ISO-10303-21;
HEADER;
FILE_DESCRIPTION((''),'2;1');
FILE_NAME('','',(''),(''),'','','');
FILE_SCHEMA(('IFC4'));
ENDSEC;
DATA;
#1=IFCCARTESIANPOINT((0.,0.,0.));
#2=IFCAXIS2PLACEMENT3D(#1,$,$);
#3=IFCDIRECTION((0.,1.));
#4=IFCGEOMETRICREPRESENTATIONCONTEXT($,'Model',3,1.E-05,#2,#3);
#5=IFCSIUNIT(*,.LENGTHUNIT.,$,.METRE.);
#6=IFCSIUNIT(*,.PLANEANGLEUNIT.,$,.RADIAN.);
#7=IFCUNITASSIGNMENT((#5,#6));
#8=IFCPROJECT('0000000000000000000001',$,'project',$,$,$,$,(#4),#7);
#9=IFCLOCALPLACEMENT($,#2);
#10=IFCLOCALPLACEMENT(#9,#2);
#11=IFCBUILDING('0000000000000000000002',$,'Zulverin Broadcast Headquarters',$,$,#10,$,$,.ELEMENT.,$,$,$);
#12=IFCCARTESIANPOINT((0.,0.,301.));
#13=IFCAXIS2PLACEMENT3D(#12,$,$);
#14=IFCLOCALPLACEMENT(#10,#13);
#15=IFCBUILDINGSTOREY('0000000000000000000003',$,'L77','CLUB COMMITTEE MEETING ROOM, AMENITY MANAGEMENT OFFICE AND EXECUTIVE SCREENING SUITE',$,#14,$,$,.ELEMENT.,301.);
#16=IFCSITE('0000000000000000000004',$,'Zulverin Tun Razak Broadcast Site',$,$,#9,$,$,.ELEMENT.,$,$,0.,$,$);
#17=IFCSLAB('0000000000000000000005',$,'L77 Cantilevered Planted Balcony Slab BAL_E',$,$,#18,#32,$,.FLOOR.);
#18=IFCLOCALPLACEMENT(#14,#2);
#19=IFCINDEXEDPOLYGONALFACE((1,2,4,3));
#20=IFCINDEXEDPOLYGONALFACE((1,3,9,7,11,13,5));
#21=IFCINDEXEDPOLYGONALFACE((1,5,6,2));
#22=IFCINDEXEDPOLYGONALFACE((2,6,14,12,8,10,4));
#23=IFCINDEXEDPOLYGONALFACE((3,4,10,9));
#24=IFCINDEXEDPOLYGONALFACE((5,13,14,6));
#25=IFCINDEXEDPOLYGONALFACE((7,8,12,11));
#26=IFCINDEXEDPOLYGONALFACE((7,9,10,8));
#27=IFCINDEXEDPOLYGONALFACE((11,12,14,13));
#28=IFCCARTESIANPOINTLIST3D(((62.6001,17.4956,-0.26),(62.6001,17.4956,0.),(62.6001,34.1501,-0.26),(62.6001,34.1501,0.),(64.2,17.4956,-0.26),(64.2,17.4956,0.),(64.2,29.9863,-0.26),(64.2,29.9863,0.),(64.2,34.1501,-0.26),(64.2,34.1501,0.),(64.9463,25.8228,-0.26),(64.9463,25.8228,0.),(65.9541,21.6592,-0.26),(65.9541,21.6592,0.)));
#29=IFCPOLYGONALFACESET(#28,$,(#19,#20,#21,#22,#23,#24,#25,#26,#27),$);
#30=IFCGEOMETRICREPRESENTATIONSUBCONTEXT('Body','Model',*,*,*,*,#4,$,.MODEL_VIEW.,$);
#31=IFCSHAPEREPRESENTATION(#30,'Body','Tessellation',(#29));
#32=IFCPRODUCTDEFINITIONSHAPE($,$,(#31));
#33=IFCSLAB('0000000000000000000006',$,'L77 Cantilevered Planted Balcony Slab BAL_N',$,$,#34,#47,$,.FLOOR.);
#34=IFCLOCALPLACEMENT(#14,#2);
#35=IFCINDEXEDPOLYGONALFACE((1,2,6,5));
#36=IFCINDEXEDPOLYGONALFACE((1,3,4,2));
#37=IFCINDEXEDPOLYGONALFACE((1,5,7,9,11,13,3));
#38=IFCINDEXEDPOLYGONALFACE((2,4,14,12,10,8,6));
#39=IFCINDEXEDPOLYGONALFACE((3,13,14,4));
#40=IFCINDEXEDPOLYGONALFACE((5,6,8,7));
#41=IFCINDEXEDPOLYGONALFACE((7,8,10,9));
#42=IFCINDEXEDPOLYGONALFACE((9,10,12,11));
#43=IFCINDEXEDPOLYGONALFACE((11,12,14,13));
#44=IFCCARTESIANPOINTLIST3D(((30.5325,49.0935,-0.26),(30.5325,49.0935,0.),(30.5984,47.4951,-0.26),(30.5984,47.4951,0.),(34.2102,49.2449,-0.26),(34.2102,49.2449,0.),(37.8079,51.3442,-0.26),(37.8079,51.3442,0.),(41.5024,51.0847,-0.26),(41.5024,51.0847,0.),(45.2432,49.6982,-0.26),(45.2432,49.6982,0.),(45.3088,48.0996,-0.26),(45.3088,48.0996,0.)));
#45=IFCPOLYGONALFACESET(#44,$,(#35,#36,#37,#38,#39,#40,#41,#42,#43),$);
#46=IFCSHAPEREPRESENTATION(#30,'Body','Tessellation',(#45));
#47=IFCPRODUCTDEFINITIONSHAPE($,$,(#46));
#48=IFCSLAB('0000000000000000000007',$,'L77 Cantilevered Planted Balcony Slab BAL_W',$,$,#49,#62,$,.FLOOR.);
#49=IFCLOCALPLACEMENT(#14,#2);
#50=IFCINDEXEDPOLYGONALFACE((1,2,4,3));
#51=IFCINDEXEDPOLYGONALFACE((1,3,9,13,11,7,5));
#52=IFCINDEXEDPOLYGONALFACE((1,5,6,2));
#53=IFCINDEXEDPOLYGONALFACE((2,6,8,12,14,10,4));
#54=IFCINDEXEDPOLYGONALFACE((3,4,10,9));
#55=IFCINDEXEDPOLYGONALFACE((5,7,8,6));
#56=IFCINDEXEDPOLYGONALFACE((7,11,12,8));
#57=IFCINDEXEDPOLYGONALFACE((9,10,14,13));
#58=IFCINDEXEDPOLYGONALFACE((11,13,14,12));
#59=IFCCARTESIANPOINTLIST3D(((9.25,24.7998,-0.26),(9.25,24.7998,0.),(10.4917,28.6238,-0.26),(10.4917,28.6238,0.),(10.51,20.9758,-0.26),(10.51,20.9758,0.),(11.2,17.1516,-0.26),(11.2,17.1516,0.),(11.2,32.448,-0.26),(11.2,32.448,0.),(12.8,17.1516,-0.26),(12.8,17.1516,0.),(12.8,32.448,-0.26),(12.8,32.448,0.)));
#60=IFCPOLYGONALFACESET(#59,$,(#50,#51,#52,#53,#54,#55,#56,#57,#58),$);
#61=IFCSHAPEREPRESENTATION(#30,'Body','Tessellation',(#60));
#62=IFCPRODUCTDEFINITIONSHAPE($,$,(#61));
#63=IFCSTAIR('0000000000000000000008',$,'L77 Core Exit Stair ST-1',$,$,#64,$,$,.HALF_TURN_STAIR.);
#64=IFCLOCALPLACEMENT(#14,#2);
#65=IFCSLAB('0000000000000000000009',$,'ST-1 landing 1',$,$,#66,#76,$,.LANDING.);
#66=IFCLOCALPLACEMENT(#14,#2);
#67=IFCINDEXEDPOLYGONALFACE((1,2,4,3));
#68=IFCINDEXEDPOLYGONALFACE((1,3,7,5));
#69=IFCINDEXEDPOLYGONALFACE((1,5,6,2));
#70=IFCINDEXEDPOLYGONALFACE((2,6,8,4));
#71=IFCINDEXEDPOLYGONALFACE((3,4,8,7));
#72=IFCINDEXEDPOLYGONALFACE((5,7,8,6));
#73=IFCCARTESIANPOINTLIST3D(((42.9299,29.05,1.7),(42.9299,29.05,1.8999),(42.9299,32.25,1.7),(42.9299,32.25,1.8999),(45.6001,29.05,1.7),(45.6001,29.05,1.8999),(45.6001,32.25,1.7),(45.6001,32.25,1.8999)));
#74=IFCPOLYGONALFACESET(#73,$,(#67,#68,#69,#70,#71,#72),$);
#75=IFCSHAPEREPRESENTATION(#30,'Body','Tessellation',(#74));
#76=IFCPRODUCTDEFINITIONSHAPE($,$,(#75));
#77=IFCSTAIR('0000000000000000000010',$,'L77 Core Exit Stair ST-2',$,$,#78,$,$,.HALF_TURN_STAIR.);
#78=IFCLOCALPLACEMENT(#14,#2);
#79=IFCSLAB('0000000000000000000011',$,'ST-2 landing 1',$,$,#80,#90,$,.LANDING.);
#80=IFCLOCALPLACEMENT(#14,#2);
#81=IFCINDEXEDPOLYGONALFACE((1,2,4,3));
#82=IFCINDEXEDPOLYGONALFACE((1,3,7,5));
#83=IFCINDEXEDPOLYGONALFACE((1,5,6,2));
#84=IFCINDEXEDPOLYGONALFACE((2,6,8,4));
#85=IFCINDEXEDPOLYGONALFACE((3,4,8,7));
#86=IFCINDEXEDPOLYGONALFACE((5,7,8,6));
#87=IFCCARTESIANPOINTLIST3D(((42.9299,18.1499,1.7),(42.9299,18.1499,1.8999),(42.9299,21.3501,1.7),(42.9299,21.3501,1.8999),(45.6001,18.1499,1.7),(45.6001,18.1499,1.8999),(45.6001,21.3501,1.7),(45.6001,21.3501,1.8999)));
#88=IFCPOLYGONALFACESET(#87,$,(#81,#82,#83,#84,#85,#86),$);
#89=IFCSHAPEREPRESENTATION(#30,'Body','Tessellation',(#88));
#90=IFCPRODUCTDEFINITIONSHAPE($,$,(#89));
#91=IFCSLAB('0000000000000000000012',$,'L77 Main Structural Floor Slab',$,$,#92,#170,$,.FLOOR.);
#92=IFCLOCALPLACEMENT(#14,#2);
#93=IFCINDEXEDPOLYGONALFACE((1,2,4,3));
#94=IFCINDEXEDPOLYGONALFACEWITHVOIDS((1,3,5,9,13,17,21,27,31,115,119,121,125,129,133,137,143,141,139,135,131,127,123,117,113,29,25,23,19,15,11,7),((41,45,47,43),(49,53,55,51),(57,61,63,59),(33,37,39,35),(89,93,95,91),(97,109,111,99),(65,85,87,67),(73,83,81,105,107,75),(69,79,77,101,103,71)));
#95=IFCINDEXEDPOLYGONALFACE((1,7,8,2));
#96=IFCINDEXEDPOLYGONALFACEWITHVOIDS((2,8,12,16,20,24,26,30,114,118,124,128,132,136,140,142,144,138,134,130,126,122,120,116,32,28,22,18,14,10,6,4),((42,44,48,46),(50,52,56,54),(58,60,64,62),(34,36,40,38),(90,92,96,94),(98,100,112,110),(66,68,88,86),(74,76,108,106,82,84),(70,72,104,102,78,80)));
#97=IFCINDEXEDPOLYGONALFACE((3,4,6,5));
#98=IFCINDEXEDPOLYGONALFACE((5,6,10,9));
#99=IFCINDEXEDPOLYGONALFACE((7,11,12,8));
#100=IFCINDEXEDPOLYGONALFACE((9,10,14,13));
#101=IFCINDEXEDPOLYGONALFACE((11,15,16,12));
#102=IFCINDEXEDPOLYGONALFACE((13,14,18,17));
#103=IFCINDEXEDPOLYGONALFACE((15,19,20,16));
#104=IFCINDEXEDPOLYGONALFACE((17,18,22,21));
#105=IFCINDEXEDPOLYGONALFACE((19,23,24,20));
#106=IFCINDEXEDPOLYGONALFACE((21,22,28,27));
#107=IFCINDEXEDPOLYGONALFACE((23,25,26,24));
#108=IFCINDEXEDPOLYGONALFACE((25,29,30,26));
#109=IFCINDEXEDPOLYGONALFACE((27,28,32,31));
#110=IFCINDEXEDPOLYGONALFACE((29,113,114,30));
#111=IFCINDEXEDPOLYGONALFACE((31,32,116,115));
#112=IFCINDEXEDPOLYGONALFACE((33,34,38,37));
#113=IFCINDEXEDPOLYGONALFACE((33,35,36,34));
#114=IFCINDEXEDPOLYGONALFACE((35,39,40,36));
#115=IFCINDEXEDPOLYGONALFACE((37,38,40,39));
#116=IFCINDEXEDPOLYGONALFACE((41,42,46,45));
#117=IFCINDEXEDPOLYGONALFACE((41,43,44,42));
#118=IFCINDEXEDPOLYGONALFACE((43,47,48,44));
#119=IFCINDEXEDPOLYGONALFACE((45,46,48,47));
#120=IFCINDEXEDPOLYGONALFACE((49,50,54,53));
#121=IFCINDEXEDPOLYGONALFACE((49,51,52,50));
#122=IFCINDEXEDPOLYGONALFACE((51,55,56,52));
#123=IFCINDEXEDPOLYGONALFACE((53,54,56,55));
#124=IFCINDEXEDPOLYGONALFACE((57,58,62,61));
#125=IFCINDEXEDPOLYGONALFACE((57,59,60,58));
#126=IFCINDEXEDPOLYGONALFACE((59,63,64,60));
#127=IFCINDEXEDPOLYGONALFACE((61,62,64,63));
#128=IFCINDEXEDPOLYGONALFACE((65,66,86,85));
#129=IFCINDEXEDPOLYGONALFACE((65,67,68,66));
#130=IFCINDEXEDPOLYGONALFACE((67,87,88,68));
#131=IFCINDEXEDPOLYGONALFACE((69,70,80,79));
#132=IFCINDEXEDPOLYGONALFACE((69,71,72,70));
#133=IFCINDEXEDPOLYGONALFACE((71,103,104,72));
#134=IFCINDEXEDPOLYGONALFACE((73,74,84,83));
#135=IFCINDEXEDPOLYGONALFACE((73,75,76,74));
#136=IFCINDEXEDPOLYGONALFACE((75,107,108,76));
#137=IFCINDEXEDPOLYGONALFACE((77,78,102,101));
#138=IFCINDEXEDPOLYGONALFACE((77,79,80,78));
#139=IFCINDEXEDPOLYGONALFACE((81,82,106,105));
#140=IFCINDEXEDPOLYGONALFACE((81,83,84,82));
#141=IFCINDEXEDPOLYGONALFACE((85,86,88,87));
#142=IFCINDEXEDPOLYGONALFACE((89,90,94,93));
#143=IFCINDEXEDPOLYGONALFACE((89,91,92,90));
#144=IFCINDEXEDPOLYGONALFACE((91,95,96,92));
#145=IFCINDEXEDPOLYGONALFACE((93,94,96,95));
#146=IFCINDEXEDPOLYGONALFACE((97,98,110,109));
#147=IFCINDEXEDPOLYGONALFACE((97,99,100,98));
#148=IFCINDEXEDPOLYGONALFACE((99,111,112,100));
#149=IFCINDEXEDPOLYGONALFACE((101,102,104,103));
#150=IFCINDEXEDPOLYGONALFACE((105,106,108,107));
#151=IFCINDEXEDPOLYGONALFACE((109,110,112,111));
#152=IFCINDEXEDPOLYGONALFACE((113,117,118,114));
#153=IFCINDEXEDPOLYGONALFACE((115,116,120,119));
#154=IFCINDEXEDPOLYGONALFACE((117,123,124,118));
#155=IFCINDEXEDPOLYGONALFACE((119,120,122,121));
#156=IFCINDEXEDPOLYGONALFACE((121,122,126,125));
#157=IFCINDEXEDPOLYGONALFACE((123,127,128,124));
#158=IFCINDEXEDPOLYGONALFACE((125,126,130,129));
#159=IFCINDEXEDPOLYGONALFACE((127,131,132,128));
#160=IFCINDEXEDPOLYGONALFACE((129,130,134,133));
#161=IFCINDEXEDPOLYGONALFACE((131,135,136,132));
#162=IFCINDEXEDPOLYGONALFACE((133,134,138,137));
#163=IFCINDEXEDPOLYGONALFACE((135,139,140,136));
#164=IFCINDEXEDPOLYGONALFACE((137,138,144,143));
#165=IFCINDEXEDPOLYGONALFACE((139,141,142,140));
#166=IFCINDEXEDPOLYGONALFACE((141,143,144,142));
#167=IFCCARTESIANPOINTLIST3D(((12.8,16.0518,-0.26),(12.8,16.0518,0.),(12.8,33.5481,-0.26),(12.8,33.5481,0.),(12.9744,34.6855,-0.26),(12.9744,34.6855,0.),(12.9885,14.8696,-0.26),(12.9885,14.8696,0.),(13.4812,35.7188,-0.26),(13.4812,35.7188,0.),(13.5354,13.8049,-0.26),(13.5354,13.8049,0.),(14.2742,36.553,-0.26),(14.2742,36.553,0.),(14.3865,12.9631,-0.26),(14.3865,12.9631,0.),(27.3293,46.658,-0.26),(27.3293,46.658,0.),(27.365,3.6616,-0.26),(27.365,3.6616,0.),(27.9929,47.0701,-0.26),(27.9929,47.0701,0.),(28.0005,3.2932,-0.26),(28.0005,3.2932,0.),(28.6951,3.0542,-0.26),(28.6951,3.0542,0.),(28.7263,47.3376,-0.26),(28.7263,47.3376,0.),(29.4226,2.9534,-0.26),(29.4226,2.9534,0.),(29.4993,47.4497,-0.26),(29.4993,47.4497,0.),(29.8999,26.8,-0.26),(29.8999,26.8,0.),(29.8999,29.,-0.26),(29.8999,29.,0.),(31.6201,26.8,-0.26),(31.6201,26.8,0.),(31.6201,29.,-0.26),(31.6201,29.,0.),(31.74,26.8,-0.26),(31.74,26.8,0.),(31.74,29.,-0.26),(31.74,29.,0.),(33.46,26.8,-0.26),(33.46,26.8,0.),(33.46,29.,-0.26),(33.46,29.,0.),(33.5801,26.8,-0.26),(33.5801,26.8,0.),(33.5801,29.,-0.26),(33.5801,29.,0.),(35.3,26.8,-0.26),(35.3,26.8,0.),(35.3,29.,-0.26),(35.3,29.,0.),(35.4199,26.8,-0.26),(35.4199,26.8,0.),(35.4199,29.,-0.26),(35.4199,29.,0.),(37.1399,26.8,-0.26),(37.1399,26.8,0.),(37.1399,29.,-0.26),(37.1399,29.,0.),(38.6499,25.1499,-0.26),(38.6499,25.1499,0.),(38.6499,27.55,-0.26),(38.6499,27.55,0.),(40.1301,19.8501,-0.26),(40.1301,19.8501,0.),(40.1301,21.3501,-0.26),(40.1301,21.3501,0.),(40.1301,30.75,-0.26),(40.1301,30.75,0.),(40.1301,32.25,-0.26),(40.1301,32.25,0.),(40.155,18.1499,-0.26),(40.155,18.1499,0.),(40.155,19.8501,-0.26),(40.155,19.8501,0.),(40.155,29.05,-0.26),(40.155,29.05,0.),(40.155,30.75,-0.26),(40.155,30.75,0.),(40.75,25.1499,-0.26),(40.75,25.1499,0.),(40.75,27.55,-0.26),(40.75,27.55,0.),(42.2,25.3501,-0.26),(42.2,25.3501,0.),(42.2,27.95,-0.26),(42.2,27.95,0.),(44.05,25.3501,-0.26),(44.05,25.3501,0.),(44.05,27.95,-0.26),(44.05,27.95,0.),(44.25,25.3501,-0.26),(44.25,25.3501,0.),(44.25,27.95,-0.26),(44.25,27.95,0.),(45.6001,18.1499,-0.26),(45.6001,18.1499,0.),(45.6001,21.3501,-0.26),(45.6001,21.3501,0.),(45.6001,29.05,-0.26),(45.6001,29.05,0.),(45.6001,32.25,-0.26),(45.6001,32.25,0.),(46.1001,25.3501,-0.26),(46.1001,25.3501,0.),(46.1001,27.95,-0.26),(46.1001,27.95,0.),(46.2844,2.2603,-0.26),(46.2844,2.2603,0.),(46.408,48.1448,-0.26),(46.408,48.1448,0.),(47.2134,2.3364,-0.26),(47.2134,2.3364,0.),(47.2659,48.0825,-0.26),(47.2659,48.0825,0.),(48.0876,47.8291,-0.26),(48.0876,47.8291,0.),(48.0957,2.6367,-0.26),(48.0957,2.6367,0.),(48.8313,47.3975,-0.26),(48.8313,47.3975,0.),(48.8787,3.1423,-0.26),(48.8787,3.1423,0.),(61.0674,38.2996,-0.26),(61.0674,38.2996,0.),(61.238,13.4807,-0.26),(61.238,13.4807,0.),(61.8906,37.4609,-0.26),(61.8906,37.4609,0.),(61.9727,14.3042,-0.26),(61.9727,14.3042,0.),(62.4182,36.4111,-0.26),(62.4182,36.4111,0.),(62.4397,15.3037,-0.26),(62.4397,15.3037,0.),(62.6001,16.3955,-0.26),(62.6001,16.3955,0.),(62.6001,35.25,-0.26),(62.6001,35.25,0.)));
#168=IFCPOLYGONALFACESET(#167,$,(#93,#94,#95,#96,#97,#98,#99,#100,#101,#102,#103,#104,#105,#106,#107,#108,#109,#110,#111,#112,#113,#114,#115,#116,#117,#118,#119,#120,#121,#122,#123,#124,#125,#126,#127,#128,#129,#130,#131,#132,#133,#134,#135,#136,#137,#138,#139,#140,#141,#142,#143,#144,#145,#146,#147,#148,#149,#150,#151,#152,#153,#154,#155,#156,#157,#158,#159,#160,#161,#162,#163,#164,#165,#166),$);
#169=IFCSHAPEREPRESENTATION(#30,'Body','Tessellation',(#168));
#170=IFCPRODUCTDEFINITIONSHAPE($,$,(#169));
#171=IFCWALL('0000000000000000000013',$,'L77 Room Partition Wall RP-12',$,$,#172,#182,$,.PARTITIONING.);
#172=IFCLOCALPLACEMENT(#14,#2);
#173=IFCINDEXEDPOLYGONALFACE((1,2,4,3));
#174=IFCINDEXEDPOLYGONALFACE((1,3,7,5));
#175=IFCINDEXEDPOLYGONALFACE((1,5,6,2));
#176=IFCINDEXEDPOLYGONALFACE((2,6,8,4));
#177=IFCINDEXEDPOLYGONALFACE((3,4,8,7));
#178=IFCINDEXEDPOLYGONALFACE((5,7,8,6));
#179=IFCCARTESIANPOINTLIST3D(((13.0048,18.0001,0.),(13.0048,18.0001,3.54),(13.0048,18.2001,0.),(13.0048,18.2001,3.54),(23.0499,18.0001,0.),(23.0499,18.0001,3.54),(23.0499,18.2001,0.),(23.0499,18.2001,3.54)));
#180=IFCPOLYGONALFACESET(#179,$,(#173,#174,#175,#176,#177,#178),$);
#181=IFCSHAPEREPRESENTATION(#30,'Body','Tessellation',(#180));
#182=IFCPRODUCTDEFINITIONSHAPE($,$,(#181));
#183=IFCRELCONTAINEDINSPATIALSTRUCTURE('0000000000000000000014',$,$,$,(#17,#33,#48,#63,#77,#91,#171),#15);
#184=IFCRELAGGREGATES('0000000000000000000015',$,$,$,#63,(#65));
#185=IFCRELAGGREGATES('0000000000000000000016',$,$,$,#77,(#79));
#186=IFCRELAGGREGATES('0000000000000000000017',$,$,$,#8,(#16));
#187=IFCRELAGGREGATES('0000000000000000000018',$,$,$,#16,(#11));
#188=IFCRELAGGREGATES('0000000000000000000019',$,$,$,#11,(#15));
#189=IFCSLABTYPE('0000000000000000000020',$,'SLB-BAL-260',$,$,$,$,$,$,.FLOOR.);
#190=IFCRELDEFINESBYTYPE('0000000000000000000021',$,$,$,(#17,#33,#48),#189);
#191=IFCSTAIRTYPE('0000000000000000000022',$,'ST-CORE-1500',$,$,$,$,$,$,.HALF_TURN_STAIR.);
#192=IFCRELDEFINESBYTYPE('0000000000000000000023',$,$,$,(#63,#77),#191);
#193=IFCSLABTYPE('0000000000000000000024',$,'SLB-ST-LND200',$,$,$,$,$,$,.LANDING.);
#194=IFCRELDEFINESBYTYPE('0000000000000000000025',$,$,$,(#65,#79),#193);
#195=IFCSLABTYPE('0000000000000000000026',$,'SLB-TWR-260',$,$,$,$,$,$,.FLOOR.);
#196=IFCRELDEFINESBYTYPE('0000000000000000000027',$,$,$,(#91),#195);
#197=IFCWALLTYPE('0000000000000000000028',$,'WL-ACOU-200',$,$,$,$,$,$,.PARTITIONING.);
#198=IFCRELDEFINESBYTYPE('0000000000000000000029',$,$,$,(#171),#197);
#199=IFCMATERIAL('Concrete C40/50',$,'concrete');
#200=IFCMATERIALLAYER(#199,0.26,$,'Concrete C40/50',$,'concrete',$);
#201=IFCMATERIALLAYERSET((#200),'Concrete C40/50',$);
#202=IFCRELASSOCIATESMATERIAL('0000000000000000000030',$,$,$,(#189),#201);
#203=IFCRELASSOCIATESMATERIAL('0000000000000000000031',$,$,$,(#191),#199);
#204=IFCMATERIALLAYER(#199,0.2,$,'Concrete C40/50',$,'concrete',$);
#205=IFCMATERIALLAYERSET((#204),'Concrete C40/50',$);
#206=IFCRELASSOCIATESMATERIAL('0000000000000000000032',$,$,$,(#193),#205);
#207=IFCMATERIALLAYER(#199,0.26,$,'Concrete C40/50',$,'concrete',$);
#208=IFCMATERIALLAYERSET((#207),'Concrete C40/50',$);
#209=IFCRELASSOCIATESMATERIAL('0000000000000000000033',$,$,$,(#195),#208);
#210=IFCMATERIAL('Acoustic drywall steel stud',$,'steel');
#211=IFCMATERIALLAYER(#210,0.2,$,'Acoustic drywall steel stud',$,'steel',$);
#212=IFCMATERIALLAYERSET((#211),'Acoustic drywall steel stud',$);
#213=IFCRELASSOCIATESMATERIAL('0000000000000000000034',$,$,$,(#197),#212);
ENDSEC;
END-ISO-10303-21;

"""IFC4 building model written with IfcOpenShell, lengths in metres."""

from ifc_helpers import new_model, si_unit, direction, frame, frame_2d, origin, place, context, subcontext, project, spatial, polyline, rectangle, outline, extrude, material, layer, layer_set, type_object, element, aggregate, save


model = new_model("IFC4")

# Units and contexts
model_context = context("Model", 3, precision=1e-05, world=origin(), true_north=direction((0.0, 1.0)))
body_context = subcontext(model_context, "Body", "Model", "MODEL_VIEW")
ifc_project = project(units=[si_unit("LENGTHUNIT", "METRE"), si_unit("PLANEANGLEUNIT", "RADIAN")], contexts=[model_context])

# Site, building, storey
site_placement = place(None, origin())
site = spatial("IfcSite", under=ifc_project, at=site_placement, Name="Zulverin Tun Razak Broadcast Site", CompositionType="ELEMENT", RefElevation=0.0)
building_placement = place(site_placement, origin())
building = spatial("IfcBuilding", under=site, at=building_placement, Name="Zulverin Broadcast Headquarters", CompositionType="ELEMENT")
storey_placement = place(building_placement, frame((0.0, 0.0, 301.0)))
storey = spatial("IfcBuildingStorey", under=building, at=storey_placement, Name="L77", Description="CLUB COMMITTEE MEETING ROOM, AMENITY MANAGEMENT OFFICE AND EXECUTIVE SCREENING SUITE", CompositionType="ELEMENT", Elevation=301.0)

# Slabs
ifc_material_1 = material(Name="Concrete C40/50", Category="concrete")
ifc_layer_1 = layer(ifc_material_1, 0.26, Name="Concrete C40/50", Category="concrete")
ifc_layer_set_1 = layer_set([ifc_layer_1], Name="Concrete C40/50")
slab_type_1 = type_object("IfcSlabType", Name="SLB-BAL-260", PredefinedType="FLOOR", material=ifc_layer_set_1)
slab_1_placement = place(storey_placement, frame((0.0, 0.0, -0.26)))
element("IfcSlab", 1, at=slab_1_placement, inside=storey, type_object=slab_type_1, Name="L77 Cantilevered Planted Balcony Slab BAL_E", PredefinedType="FLOOR", context=body_context, shape_type="SweptSolid", body=[
    extrude(outline(polyline([(62.6001, 34.1501), (62.6001, 17.4956), (64.2, 17.4956), (65.9541, 21.6592), (64.9463, 25.8228), (64.2, 29.9863), (64.2, 34.1501), (62.6001, 34.1501)])), origin(), (0.0, 0.0, 1.0), 0.26),
])
slab_2_placement = place(storey_placement, frame((0.0, 0.0, -0.26)))
element("IfcSlab", 2, at=slab_2_placement, inside=storey, type_object=slab_type_1, Name="L77 Cantilevered Planted Balcony Slab BAL_N", PredefinedType="FLOOR", context=body_context, shape_type="SweptSolid", body=[
    extrude(outline(polyline([(30.5984, 47.4951), (45.3088, 48.0996), (45.2432, 49.6982), (41.5024, 51.0847), (37.8079, 51.3442), (34.2102, 49.2449), (30.5325, 49.0935), (30.5984, 47.4951)])), origin(), (0.0, 0.0, 1.0), 0.26),
])
slab_3_placement = place(storey_placement, frame((0.0, 0.0, -0.26)))
element("IfcSlab", 3, at=slab_3_placement, inside=storey, type_object=slab_type_1, Name="L77 Cantilevered Planted Balcony Slab BAL_W", PredefinedType="FLOOR", context=body_context, shape_type="SweptSolid", body=[
    extrude(outline(polyline([(12.8, 17.1516), (12.8, 32.448), (11.2, 32.448), (10.4917, 28.6238), (9.25, 24.7998), (10.51, 20.9758), (11.2, 17.1516), (12.8, 17.1516)])), origin(), (0.0, 0.0, 1.0), 0.26),
])

# Stairs, slabs
stair_type = type_object("IfcStairType", Name="ST-CORE-1500", PredefinedType="HALF_TURN_STAIR", material=ifc_material_1)
stair_1_placement = place(storey_placement, origin())
stair_1 = element("IfcStair", 4, at=stair_1_placement, inside=storey, type_object=stair_type, Name="L77 Core Exit Stair ST-1", PredefinedType="HALF_TURN_STAIR")
ifc_layer_2 = layer(ifc_material_1, 0.2, Name="Concrete C40/50", Category="concrete")
ifc_layer_set_2 = layer_set([ifc_layer_2], Name="Concrete C40/50")
slab_type_2 = type_object("IfcSlabType", Name="SLB-ST-LND200", PredefinedType="LANDING", material=ifc_layer_set_2)
slab_4_placement = place(storey_placement, frame((0.0, 0.0, 1.7)))
slab_4 = element("IfcSlab", 5, at=slab_4_placement, type_object=slab_type_2, Name="ST-1 landing 1", PredefinedType="LANDING", context=body_context, shape_type="SweptSolid", body=[
    extrude(outline(polyline([(42.9299, 29.05), (45.6001, 29.05), (45.6001, 32.25), (42.9299, 32.25), (42.9299, 29.05)])), origin(), (0.0, 0.0, 1.0), 0.2),
])
aggregate(stair_1, [slab_4])
stair_2_placement = place(storey_placement, origin())
stair_2 = element("IfcStair", 6, at=stair_2_placement, inside=storey, type_object=stair_type, Name="L77 Core Exit Stair ST-2", PredefinedType="HALF_TURN_STAIR")
slab_5_placement = place(storey_placement, frame((0.0, 0.0, 1.7)))
slab_5 = element("IfcSlab", 7, at=slab_5_placement, type_object=slab_type_2, Name="ST-2 landing 1", PredefinedType="LANDING", context=body_context, shape_type="SweptSolid", body=[
    extrude(outline(polyline([(42.9299, 18.1499), (45.6001, 18.1499), (45.6001, 21.3501), (42.9299, 21.3501), (42.9299, 18.1499)])), origin(), (0.0, 0.0, 1.0), 0.2),
])
aggregate(stair_2, [slab_5])

# Slab
ifc_layer_3 = layer(ifc_material_1, 0.26, Name="Concrete C40/50", Category="concrete")
ifc_layer_set_3 = layer_set([ifc_layer_3], Name="Concrete C40/50")
slab_type_3 = type_object("IfcSlabType", Name="SLB-TWR-260", PredefinedType="FLOOR", material=ifc_layer_set_3)
slab_6_placement = place(storey_placement, frame((0.0, 0.0, -0.26)))
element("IfcSlab", 8, at=slab_6_placement, inside=storey, type_object=slab_type_3, Name="L77 Main Structural Floor Slab", PredefinedType="FLOOR", context=body_context, shape_type="SweptSolid", body=[
    extrude(outline(polyline([(27.365, 3.6616), (28.0005, 3.2932), (28.6951, 3.0542), (29.4226, 2.9534), (46.2844, 2.2603), (47.2134, 2.3364), (48.0957, 2.6367), (48.8787, 3.1423), (61.238, 13.4807), (61.9727, 14.3042), (62.4397, 15.3037), (62.6001, 16.3955), (62.6001, 35.25), (62.4182, 36.4111), (61.8906, 37.4609), (61.0674, 38.2996), (48.8313, 47.3975), (48.0876, 47.8291), (47.2659, 48.0825), (46.408, 48.1448), (29.4993, 47.4497), (28.7263, 47.3376), (27.9929, 47.0701), (27.3293, 46.658), (14.2742, 36.553), (13.4812, 35.7188), (12.9744, 34.6855), (12.8, 33.5481), (12.8, 16.0518), (12.9885, 14.8696), (13.5354, 13.8049), (14.3865, 12.9631), (27.365, 3.6616)]), holes=[polyline([(40.155, 30.75), (40.1301, 30.75), (40.1301, 32.25), (45.6001, 32.25), (45.6001, 29.05), (40.155, 29.05), (40.155, 30.75)]), polyline([(40.155, 19.8501), (40.1301, 19.8501), (40.1301, 21.3501), (45.6001, 21.3501), (45.6001, 18.1499), (40.155, 18.1499), (40.155, 19.8501)]), polyline([(29.8999, 26.8), (31.6201, 26.8), (31.6201, 29.0), (29.8999, 29.0), (29.8999, 26.8)]), polyline([(31.74, 26.8), (33.46, 26.8), (33.46, 29.0), (31.74, 29.0), (31.74, 26.8)]), polyline([(33.5801, 26.8), (35.3, 26.8), (35.3, 29.0), (33.5801, 29.0), (33.5801, 26.8)]), polyline([(35.4199, 26.8), (37.1399, 26.8), (37.1399, 29.0), (35.4199, 29.0), (35.4199, 26.8)]), polyline([(42.2, 25.3501), (44.05, 25.3501), (44.05, 27.95), (42.2, 27.95), (42.2, 25.3501)]), polyline([(44.25, 25.3501), (46.1001, 25.3501), (46.1001, 27.95), (44.25, 27.95), (44.25, 25.3501)]), polyline([(38.6499, 25.1499), (40.75, 25.1499), (40.75, 27.55), (38.6499, 27.55), (38.6499, 25.1499)])]), origin(), (0.0, 0.0, 1.0), 0.26),
])

# Wall
ifc_material_2 = material(Name="Acoustic drywall steel stud", Category="steel")
ifc_layer_4 = layer(ifc_material_2, 0.2, Name="Acoustic drywall steel stud", Category="steel")
ifc_layer_set_4 = layer_set([ifc_layer_4], Name="Acoustic drywall steel stud")
wall_type_1 = type_object("IfcWallType", Name="WL-ACOU-200", PredefinedType="PARTITIONING", material=ifc_layer_set_4)
wall_1_placement = place(storey_placement, frame((13.0049, 18.1001, 0.0), z_axis=(0.0, 0.0, 1.0), x_axis=(1.0, 0.0, 0.0)))
element("IfcWall", 9, at=wall_1_placement, inside=storey, type_object=wall_type_1, Name="L77 Room Partition Wall RP-12", PredefinedType="PARTITIONING", context=body_context, shape_type="SweptSolid", body=[
    extrude(rectangle(XDim=10.0452, YDim=0.2, at=frame_2d((5.0225, 0.0))), origin(), (0.0, 0.0, 1.0), 3.54),
])

save(model, "model.ifc")
